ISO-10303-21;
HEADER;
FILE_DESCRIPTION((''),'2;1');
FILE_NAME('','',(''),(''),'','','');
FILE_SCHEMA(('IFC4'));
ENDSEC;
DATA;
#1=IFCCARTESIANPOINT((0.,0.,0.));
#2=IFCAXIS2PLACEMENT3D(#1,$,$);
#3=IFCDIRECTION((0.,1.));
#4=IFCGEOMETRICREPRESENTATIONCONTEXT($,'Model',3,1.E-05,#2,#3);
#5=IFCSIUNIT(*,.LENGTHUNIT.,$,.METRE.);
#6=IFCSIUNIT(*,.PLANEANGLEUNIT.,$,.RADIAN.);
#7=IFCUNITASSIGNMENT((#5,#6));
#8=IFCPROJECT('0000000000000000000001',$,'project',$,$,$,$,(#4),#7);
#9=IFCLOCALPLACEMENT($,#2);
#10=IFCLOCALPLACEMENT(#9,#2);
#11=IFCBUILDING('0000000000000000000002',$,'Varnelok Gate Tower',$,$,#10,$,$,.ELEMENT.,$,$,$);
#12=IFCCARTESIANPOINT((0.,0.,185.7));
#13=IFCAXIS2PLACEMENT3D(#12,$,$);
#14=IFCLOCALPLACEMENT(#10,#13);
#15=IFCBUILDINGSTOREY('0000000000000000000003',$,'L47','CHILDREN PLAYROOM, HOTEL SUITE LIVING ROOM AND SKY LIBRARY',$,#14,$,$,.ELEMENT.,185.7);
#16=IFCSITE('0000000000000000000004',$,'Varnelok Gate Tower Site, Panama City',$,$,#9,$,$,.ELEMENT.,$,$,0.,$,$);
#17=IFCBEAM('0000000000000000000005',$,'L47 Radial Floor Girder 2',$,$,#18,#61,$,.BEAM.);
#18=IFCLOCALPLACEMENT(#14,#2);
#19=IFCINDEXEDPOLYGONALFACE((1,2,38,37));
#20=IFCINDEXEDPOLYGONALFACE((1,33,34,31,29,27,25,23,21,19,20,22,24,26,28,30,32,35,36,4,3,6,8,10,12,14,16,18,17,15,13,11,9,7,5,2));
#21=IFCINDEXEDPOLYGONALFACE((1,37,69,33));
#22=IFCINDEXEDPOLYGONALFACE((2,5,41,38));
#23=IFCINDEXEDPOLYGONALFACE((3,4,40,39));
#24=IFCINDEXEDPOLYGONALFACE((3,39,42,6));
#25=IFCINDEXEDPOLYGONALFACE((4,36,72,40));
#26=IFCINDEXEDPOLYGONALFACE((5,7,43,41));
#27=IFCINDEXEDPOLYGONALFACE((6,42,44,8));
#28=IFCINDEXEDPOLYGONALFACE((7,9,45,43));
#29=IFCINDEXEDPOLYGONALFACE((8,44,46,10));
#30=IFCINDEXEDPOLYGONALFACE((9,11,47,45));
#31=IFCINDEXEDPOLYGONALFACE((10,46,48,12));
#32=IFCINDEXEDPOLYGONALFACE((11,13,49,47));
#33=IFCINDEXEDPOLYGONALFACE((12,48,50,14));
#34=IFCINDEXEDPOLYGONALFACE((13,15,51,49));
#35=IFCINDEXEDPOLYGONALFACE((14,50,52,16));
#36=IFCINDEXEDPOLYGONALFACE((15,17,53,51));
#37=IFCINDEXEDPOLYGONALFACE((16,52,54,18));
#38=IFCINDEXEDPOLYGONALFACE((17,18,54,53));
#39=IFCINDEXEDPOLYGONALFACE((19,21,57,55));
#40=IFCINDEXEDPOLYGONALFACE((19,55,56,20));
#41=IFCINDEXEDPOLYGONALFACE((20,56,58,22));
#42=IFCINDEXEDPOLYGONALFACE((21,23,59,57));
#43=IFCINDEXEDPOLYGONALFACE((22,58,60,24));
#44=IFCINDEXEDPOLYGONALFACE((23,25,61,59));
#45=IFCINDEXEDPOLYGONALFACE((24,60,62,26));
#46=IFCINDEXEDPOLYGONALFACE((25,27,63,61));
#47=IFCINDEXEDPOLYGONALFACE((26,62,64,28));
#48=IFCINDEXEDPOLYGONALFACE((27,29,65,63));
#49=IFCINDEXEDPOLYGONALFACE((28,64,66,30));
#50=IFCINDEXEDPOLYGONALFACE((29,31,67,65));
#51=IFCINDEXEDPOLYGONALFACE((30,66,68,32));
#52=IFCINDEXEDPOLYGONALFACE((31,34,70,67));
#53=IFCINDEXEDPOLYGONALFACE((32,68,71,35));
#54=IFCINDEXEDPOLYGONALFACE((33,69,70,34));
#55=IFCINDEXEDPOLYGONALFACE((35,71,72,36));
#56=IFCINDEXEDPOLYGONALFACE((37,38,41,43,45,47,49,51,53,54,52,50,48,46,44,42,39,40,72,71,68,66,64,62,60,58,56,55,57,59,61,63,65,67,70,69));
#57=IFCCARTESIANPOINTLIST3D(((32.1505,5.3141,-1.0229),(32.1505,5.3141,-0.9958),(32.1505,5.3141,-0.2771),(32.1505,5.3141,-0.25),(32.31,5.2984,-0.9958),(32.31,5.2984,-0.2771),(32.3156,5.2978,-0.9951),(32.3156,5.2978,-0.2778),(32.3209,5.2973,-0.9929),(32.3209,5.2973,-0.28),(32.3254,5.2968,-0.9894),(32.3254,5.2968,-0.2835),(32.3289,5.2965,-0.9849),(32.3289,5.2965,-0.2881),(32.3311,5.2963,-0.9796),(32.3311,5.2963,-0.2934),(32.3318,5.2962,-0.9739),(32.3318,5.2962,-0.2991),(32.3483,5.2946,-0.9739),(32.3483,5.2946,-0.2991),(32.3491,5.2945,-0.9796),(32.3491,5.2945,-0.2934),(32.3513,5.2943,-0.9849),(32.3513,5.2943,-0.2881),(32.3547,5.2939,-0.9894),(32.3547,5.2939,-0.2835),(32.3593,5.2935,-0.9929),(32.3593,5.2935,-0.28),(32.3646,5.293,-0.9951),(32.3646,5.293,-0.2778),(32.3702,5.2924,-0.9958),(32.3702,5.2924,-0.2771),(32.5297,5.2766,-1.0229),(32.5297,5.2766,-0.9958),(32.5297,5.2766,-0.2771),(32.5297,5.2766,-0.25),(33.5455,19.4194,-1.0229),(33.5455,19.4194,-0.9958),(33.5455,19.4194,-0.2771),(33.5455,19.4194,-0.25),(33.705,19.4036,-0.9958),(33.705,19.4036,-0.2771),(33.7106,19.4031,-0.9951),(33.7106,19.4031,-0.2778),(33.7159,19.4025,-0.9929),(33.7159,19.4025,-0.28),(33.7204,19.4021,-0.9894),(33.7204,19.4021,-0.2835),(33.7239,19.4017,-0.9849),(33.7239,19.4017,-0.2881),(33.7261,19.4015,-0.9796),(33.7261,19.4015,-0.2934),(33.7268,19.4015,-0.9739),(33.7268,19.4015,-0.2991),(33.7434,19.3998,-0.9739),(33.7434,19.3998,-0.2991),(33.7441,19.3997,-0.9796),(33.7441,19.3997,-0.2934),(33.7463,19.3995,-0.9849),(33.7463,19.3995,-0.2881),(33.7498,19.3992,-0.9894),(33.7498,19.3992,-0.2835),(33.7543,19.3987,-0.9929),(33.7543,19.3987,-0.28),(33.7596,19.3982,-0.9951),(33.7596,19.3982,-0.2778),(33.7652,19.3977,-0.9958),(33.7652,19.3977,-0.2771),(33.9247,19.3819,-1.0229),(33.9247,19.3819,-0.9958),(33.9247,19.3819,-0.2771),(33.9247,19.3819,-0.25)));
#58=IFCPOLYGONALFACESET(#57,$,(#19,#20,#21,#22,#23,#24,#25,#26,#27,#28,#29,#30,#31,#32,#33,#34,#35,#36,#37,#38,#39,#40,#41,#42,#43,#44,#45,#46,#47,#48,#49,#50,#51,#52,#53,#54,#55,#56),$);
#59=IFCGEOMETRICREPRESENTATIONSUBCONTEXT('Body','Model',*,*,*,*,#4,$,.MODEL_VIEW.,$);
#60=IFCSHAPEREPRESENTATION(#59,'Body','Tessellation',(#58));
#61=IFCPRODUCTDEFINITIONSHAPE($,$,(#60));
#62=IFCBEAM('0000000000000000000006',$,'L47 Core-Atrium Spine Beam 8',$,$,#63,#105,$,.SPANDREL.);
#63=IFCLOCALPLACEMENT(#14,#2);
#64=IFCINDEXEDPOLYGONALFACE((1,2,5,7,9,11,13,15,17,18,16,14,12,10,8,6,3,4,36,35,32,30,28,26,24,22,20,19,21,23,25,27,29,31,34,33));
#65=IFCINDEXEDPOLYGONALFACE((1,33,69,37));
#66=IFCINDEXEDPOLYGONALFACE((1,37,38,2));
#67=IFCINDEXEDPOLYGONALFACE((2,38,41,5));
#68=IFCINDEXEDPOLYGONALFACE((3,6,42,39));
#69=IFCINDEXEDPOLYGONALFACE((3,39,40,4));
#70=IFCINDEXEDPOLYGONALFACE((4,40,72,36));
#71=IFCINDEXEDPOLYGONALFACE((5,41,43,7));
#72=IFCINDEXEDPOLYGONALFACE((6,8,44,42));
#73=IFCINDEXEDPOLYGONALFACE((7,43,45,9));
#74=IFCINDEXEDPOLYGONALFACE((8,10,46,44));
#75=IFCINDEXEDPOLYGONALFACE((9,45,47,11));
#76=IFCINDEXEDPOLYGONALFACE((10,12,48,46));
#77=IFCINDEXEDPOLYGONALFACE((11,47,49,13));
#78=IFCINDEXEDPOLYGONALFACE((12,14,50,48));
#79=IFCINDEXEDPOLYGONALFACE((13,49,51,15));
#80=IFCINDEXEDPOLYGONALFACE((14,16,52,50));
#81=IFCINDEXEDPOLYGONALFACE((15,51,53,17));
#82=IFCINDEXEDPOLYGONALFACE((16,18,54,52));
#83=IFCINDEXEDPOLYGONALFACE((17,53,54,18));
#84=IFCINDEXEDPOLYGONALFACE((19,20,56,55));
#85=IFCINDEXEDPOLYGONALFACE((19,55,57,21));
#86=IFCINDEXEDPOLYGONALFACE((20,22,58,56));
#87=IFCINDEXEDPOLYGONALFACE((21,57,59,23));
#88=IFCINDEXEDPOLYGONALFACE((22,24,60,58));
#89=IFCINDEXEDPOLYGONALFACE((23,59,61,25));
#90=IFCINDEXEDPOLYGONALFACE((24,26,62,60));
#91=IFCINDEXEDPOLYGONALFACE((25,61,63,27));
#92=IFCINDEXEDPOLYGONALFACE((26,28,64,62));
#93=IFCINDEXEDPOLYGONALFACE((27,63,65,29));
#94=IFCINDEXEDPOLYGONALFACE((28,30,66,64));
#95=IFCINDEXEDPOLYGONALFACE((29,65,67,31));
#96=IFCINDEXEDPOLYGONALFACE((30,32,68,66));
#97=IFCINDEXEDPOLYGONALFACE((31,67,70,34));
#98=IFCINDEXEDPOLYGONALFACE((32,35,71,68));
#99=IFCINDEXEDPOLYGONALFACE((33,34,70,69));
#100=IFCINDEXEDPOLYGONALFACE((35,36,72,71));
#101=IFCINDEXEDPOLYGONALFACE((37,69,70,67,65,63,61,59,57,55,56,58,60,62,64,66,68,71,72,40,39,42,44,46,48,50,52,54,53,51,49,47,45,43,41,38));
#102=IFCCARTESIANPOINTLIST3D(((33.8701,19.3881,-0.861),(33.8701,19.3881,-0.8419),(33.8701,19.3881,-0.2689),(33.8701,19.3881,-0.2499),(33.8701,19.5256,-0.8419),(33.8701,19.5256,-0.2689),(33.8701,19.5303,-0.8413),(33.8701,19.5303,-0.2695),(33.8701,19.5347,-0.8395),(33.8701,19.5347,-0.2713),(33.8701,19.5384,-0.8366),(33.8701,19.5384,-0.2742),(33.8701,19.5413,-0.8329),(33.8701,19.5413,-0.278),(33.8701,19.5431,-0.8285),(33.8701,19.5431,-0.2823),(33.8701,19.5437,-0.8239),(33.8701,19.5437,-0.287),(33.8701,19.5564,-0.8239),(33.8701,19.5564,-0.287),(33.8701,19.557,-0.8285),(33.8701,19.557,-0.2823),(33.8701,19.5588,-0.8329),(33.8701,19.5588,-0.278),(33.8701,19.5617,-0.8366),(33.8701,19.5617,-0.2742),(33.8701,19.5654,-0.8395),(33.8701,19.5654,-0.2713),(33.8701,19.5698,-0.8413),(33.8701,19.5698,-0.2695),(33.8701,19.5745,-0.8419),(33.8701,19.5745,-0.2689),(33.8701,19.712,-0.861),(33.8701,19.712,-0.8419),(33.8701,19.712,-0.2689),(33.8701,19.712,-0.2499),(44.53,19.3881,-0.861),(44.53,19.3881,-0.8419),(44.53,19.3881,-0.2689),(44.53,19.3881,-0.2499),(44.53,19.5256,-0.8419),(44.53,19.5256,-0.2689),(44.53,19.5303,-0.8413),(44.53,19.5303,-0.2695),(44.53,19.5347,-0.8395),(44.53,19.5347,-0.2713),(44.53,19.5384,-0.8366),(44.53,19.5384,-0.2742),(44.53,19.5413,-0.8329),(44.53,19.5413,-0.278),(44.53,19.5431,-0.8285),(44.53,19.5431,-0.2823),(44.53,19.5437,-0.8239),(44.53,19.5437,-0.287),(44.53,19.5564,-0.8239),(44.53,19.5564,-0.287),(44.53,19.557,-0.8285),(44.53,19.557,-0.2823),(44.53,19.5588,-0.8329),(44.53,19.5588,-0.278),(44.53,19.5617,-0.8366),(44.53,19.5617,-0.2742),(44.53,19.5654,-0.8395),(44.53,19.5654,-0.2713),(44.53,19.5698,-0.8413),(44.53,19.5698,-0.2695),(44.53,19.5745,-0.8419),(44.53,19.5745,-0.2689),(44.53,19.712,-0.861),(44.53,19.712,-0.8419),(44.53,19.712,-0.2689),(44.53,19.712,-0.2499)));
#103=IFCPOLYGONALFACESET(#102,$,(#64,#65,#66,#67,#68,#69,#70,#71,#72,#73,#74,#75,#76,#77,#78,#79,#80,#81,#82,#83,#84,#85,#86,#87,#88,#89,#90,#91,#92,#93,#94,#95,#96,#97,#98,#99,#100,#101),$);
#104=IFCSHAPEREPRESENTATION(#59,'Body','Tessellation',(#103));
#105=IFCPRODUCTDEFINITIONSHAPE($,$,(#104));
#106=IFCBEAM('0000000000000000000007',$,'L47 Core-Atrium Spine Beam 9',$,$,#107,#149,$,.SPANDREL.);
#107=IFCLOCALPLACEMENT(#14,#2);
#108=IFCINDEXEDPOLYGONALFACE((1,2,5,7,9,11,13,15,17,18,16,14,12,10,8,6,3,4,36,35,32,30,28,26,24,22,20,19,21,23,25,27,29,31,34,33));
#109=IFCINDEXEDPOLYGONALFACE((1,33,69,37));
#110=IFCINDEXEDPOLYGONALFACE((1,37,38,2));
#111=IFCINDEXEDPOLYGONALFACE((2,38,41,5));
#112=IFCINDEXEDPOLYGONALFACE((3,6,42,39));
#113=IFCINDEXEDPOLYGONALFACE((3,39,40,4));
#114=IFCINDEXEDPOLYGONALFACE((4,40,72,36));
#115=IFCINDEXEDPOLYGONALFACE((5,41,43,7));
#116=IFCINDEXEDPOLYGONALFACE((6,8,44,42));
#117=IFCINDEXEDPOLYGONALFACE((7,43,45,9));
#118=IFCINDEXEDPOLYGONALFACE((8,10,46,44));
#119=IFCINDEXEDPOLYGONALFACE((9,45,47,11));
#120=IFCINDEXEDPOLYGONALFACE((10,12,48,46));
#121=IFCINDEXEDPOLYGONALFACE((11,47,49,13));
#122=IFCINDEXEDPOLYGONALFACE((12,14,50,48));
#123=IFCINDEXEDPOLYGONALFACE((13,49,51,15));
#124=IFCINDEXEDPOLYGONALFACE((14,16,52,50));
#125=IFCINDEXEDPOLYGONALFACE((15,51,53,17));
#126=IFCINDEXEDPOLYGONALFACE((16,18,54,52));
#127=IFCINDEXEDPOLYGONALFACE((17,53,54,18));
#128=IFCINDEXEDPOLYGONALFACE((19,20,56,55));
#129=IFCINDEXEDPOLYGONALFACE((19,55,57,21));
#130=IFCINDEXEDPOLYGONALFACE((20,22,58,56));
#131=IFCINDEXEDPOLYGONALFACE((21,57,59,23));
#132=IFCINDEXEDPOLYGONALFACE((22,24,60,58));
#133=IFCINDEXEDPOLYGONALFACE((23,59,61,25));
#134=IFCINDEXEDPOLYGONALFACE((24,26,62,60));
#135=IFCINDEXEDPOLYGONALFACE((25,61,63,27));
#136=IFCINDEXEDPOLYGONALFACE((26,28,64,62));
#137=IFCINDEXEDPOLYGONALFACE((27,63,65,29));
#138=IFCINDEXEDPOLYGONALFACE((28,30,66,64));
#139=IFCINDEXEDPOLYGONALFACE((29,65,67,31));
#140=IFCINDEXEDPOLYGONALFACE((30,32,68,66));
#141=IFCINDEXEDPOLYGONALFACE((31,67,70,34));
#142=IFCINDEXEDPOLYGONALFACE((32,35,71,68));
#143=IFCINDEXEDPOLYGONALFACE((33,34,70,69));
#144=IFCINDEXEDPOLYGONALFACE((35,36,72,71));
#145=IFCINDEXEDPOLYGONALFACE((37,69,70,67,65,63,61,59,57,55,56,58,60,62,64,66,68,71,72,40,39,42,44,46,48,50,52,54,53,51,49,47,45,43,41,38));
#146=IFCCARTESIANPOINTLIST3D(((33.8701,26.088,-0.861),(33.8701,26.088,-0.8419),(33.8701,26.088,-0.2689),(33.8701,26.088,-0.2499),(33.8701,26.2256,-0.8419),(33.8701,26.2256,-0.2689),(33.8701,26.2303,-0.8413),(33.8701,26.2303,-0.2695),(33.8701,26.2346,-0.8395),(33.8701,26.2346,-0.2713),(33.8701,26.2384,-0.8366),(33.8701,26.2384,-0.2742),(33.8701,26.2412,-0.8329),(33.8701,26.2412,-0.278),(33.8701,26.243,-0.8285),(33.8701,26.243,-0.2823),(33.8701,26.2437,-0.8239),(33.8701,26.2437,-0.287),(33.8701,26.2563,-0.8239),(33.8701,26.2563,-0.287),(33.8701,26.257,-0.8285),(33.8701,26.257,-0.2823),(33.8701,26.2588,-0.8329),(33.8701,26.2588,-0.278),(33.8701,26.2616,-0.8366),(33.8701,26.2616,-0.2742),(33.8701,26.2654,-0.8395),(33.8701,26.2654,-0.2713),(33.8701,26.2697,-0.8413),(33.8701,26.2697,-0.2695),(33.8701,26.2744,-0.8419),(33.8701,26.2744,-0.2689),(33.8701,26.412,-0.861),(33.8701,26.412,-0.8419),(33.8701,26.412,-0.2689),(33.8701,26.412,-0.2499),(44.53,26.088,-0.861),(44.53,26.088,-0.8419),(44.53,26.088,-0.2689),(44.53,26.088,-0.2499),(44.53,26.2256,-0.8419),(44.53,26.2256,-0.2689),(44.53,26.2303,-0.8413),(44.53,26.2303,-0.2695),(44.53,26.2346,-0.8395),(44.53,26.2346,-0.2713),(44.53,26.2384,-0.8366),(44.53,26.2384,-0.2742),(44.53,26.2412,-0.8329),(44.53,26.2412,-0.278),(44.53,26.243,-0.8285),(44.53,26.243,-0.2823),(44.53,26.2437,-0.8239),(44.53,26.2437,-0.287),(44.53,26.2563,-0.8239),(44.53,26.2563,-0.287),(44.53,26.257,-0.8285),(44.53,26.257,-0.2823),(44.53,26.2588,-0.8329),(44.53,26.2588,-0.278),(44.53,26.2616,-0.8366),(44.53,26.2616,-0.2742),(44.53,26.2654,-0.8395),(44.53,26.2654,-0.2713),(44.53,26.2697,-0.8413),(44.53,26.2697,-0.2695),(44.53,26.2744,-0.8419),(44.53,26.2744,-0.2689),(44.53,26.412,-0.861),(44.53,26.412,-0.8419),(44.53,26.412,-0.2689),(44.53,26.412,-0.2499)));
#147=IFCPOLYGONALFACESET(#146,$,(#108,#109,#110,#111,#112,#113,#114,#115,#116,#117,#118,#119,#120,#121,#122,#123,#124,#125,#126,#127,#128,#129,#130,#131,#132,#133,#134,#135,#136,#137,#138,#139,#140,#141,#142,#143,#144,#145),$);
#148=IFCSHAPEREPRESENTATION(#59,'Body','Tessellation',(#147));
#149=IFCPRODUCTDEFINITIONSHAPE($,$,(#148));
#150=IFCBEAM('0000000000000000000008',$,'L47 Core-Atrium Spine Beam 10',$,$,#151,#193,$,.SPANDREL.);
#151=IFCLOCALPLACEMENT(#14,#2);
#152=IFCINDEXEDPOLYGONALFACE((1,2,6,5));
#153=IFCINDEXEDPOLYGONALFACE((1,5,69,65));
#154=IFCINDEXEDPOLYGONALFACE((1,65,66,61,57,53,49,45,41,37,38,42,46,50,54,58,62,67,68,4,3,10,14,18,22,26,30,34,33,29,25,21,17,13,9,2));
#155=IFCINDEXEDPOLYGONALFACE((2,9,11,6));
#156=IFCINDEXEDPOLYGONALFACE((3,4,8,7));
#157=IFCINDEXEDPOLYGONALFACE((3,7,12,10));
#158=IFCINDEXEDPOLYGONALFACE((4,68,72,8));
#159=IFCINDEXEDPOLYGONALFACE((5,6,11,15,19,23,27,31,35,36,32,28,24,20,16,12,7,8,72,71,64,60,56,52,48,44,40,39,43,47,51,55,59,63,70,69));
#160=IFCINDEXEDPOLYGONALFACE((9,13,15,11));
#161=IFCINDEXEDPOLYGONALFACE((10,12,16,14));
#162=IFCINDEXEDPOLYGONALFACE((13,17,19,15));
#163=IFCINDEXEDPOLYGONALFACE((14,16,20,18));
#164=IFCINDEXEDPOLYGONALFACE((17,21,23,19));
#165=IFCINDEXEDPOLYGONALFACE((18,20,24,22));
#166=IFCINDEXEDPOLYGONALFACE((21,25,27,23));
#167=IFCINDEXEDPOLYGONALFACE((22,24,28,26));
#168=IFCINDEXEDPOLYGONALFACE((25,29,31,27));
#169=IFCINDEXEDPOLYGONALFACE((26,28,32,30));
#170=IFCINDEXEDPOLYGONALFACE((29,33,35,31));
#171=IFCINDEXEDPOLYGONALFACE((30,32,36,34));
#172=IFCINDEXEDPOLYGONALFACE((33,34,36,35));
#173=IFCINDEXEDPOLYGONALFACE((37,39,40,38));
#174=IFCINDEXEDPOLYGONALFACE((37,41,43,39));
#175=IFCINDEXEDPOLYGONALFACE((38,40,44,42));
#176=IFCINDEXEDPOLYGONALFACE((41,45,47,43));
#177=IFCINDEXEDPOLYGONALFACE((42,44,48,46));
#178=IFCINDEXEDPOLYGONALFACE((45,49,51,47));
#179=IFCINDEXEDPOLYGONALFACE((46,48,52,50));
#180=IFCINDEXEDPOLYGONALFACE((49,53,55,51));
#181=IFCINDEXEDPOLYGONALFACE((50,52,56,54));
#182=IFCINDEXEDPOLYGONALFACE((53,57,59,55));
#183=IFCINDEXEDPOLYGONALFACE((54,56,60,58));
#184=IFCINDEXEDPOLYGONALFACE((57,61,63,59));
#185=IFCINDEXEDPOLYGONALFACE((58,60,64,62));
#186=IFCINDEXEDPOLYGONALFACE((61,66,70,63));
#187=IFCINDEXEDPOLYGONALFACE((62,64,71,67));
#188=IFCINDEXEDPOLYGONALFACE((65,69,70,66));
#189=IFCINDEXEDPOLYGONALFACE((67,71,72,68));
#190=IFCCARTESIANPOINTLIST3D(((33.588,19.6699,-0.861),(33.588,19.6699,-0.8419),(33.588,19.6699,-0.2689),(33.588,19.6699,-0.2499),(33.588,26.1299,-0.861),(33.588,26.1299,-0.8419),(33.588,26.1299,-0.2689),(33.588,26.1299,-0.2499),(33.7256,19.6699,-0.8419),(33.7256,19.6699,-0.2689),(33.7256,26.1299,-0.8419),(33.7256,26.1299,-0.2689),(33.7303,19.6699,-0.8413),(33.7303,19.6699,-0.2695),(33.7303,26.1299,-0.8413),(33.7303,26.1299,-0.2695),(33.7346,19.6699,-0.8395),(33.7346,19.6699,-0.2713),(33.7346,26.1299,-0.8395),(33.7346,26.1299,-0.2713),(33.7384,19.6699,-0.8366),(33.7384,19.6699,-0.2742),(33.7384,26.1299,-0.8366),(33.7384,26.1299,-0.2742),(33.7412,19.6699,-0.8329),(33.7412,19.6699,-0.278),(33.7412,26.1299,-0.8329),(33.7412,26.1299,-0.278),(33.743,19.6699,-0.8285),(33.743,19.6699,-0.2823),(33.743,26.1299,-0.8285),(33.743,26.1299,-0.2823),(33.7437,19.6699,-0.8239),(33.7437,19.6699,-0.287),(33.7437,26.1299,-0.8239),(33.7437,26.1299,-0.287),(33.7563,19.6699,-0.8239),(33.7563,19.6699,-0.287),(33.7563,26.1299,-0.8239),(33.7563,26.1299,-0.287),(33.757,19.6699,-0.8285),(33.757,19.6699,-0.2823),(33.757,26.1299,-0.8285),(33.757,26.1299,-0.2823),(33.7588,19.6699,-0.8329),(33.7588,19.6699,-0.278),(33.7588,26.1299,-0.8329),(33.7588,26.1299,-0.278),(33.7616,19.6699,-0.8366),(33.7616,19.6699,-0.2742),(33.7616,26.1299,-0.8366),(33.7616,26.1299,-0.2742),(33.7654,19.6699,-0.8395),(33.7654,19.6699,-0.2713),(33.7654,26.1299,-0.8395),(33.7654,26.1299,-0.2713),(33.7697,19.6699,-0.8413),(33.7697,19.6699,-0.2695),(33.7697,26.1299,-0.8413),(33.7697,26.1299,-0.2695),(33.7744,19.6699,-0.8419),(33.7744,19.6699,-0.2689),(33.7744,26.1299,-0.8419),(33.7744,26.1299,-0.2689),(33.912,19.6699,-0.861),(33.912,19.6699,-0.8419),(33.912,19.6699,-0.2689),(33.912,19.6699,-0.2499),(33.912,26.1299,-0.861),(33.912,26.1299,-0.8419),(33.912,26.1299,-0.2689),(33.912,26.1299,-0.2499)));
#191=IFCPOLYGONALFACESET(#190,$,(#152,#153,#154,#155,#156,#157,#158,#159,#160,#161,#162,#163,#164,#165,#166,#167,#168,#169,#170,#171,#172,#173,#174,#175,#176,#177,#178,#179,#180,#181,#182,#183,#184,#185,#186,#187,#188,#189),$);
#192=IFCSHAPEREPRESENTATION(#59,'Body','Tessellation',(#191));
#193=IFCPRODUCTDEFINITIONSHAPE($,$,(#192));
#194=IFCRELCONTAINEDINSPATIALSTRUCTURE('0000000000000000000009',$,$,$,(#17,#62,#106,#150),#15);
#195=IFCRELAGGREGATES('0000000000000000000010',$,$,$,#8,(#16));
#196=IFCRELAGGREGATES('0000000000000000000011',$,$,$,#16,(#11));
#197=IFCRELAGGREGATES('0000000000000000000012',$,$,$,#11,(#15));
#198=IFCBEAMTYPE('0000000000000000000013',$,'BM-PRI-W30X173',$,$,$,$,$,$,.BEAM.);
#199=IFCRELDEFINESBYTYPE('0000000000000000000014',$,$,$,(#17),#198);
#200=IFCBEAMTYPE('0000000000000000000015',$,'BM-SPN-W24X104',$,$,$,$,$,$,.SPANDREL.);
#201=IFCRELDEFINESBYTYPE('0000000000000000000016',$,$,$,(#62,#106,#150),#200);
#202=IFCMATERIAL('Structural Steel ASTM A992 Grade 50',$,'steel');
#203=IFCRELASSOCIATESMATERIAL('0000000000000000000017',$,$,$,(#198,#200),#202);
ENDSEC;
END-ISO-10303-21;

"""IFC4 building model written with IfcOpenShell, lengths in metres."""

from ifc_helpers import new_model, si_unit, direction, frame, origin, origin_2d, place, context, subcontext, project, spatial, i_section, extrude, material, material_profile, profile_set, type_object, element, save


model = new_model("IFC4")

# Units and contexts
model_context = context("Model", 3, precision=1e-05, world=origin(), true_north=direction((0.0, 1.0)))
body_context = subcontext(model_context, "Body", "Model", "MODEL_VIEW")
ifc_project = project(units=[si_unit("LENGTHUNIT", "METRE"), si_unit("PLANEANGLEUNIT", "RADIAN")], contexts=[model_context])

# Site, building, storey
site_placement = place(None, origin())
site = spatial("IfcSite", under=ifc_project, at=site_placement, Name="Varnelok Gate Tower Site, Panama City", CompositionType="ELEMENT", RefElevation=0.0)
building_placement = place(site_placement, origin())
building = spatial("IfcBuilding", under=site, at=building_placement, Name="Varnelok Gate Tower", CompositionType="ELEMENT")
storey_placement = place(building_placement, frame((0.0, 0.0, 185.7)))
storey = spatial("IfcBuildingStorey", under=building, at=storey_placement, Name="L47", Description="CHILDREN PLAYROOM, HOTEL SUITE LIVING ROOM AND SKY LIBRARY", CompositionType="ELEMENT", Elevation=185.7)

# Shared definitions
ifc_material_1 = material(Name="Structural Steel ASTM A992 Grade 50", Category="steel")

# Beams
ifc_material_profile_1 = material_profile(ifc_material_1, i_section(OverallWidth=0.3811, OverallDepth=0.7729, WebThickness=0.0166, FlangeThickness=0.0271, FilletRadius=0.022, at=origin_2d()), Name="W30X173")
ifc_profile_set_1 = profile_set([ifc_material_profile_1], Name="Structural Steel ASTM A992 Grade 50")
beam_type_1 = type_object("IfcBeamType", Name="BM-PRI-W30X173", PredefinedType="BEAM", material=ifc_profile_set_1)
beam_1_placement = place(storey_placement, frame((33.7351, 19.4006, -0.6365), z_axis=(-0.098421, -0.995145, 0.0), x_axis=(0.995145, -0.098421, 0.0)))
element("IfcBeam", 1, at=beam_1_placement, inside=storey, type_object=beam_type_1, Name="L47 Radial Floor Girder 2", PredefinedType="BEAM", context=body_context, shape_type="SweptSolid", body=[
    extrude(i_section(OverallWidth=0.3811, OverallDepth=0.7729, WebThickness=0.0166, FlangeThickness=0.0271, FilletRadius=0.022, at=origin_2d()), origin(), (0.0, 0.0, 1.0), 14.1741),
])
ifc_material_profile_2 = material_profile(ifc_material_1, i_section(OverallWidth=0.324, OverallDepth=0.6111, WebThickness=0.0127, FlangeThickness=0.019, FilletRadius=0.0181, at=origin_2d()), Name="W24X104")
ifc_profile_set_2 = profile_set([ifc_material_profile_2], Name="Structural Steel ASTM A992 Grade 50")
beam_type_2 = type_object("IfcBeamType", Name="BM-SPN-W24X104", PredefinedType="SPANDREL", material=ifc_profile_set_2)
for number, where, z_axis, x_axis, name in (
    (2, (33.8701, 19.55, -0.5554), (1.0, 0.0, 0.0), (0.0, 1.0, 0.0), "L47 Core-Atrium Spine Beam 8"),
    (3, (33.8701, 26.25, -0.5554), (1.0, 0.0, 0.0), (0.0, 1.0, 0.0), "L47 Core-Atrium Spine Beam 9"),
):
    element("IfcBeam", number, at=place(storey_placement, frame(where, z_axis=z_axis, x_axis=x_axis)), inside=storey, type_object=beam_type_2, Name=name, PredefinedType="SPANDREL", context=body_context, shape_type="SweptSolid", body=[
        extrude(i_section(OverallWidth=0.324, OverallDepth=0.6111, WebThickness=0.0127, FlangeThickness=0.019, FilletRadius=0.0181, at=origin_2d()), origin(), (0.0, 0.0, 1.0), 10.6599),
    ])
beam_2_placement = place(storey_placement, frame((33.75, 19.6699, -0.5554), z_axis=(0.0, 1.0, 0.0), x_axis=(-1.0, 0.0, 0.0)))
element("IfcBeam", 4, at=beam_2_placement, inside=storey, type_object=beam_type_2, Name="L47 Core-Atrium Spine Beam 10", PredefinedType="SPANDREL", context=body_context, shape_type="SweptSolid", body=[
    extrude(i_section(OverallWidth=0.324, OverallDepth=0.6111, WebThickness=0.0127, FlangeThickness=0.019, FilletRadius=0.0181, at=origin_2d()), origin(), (0.0, 0.0, 1.0), 6.46),
])

save(model, "model.ifc")
